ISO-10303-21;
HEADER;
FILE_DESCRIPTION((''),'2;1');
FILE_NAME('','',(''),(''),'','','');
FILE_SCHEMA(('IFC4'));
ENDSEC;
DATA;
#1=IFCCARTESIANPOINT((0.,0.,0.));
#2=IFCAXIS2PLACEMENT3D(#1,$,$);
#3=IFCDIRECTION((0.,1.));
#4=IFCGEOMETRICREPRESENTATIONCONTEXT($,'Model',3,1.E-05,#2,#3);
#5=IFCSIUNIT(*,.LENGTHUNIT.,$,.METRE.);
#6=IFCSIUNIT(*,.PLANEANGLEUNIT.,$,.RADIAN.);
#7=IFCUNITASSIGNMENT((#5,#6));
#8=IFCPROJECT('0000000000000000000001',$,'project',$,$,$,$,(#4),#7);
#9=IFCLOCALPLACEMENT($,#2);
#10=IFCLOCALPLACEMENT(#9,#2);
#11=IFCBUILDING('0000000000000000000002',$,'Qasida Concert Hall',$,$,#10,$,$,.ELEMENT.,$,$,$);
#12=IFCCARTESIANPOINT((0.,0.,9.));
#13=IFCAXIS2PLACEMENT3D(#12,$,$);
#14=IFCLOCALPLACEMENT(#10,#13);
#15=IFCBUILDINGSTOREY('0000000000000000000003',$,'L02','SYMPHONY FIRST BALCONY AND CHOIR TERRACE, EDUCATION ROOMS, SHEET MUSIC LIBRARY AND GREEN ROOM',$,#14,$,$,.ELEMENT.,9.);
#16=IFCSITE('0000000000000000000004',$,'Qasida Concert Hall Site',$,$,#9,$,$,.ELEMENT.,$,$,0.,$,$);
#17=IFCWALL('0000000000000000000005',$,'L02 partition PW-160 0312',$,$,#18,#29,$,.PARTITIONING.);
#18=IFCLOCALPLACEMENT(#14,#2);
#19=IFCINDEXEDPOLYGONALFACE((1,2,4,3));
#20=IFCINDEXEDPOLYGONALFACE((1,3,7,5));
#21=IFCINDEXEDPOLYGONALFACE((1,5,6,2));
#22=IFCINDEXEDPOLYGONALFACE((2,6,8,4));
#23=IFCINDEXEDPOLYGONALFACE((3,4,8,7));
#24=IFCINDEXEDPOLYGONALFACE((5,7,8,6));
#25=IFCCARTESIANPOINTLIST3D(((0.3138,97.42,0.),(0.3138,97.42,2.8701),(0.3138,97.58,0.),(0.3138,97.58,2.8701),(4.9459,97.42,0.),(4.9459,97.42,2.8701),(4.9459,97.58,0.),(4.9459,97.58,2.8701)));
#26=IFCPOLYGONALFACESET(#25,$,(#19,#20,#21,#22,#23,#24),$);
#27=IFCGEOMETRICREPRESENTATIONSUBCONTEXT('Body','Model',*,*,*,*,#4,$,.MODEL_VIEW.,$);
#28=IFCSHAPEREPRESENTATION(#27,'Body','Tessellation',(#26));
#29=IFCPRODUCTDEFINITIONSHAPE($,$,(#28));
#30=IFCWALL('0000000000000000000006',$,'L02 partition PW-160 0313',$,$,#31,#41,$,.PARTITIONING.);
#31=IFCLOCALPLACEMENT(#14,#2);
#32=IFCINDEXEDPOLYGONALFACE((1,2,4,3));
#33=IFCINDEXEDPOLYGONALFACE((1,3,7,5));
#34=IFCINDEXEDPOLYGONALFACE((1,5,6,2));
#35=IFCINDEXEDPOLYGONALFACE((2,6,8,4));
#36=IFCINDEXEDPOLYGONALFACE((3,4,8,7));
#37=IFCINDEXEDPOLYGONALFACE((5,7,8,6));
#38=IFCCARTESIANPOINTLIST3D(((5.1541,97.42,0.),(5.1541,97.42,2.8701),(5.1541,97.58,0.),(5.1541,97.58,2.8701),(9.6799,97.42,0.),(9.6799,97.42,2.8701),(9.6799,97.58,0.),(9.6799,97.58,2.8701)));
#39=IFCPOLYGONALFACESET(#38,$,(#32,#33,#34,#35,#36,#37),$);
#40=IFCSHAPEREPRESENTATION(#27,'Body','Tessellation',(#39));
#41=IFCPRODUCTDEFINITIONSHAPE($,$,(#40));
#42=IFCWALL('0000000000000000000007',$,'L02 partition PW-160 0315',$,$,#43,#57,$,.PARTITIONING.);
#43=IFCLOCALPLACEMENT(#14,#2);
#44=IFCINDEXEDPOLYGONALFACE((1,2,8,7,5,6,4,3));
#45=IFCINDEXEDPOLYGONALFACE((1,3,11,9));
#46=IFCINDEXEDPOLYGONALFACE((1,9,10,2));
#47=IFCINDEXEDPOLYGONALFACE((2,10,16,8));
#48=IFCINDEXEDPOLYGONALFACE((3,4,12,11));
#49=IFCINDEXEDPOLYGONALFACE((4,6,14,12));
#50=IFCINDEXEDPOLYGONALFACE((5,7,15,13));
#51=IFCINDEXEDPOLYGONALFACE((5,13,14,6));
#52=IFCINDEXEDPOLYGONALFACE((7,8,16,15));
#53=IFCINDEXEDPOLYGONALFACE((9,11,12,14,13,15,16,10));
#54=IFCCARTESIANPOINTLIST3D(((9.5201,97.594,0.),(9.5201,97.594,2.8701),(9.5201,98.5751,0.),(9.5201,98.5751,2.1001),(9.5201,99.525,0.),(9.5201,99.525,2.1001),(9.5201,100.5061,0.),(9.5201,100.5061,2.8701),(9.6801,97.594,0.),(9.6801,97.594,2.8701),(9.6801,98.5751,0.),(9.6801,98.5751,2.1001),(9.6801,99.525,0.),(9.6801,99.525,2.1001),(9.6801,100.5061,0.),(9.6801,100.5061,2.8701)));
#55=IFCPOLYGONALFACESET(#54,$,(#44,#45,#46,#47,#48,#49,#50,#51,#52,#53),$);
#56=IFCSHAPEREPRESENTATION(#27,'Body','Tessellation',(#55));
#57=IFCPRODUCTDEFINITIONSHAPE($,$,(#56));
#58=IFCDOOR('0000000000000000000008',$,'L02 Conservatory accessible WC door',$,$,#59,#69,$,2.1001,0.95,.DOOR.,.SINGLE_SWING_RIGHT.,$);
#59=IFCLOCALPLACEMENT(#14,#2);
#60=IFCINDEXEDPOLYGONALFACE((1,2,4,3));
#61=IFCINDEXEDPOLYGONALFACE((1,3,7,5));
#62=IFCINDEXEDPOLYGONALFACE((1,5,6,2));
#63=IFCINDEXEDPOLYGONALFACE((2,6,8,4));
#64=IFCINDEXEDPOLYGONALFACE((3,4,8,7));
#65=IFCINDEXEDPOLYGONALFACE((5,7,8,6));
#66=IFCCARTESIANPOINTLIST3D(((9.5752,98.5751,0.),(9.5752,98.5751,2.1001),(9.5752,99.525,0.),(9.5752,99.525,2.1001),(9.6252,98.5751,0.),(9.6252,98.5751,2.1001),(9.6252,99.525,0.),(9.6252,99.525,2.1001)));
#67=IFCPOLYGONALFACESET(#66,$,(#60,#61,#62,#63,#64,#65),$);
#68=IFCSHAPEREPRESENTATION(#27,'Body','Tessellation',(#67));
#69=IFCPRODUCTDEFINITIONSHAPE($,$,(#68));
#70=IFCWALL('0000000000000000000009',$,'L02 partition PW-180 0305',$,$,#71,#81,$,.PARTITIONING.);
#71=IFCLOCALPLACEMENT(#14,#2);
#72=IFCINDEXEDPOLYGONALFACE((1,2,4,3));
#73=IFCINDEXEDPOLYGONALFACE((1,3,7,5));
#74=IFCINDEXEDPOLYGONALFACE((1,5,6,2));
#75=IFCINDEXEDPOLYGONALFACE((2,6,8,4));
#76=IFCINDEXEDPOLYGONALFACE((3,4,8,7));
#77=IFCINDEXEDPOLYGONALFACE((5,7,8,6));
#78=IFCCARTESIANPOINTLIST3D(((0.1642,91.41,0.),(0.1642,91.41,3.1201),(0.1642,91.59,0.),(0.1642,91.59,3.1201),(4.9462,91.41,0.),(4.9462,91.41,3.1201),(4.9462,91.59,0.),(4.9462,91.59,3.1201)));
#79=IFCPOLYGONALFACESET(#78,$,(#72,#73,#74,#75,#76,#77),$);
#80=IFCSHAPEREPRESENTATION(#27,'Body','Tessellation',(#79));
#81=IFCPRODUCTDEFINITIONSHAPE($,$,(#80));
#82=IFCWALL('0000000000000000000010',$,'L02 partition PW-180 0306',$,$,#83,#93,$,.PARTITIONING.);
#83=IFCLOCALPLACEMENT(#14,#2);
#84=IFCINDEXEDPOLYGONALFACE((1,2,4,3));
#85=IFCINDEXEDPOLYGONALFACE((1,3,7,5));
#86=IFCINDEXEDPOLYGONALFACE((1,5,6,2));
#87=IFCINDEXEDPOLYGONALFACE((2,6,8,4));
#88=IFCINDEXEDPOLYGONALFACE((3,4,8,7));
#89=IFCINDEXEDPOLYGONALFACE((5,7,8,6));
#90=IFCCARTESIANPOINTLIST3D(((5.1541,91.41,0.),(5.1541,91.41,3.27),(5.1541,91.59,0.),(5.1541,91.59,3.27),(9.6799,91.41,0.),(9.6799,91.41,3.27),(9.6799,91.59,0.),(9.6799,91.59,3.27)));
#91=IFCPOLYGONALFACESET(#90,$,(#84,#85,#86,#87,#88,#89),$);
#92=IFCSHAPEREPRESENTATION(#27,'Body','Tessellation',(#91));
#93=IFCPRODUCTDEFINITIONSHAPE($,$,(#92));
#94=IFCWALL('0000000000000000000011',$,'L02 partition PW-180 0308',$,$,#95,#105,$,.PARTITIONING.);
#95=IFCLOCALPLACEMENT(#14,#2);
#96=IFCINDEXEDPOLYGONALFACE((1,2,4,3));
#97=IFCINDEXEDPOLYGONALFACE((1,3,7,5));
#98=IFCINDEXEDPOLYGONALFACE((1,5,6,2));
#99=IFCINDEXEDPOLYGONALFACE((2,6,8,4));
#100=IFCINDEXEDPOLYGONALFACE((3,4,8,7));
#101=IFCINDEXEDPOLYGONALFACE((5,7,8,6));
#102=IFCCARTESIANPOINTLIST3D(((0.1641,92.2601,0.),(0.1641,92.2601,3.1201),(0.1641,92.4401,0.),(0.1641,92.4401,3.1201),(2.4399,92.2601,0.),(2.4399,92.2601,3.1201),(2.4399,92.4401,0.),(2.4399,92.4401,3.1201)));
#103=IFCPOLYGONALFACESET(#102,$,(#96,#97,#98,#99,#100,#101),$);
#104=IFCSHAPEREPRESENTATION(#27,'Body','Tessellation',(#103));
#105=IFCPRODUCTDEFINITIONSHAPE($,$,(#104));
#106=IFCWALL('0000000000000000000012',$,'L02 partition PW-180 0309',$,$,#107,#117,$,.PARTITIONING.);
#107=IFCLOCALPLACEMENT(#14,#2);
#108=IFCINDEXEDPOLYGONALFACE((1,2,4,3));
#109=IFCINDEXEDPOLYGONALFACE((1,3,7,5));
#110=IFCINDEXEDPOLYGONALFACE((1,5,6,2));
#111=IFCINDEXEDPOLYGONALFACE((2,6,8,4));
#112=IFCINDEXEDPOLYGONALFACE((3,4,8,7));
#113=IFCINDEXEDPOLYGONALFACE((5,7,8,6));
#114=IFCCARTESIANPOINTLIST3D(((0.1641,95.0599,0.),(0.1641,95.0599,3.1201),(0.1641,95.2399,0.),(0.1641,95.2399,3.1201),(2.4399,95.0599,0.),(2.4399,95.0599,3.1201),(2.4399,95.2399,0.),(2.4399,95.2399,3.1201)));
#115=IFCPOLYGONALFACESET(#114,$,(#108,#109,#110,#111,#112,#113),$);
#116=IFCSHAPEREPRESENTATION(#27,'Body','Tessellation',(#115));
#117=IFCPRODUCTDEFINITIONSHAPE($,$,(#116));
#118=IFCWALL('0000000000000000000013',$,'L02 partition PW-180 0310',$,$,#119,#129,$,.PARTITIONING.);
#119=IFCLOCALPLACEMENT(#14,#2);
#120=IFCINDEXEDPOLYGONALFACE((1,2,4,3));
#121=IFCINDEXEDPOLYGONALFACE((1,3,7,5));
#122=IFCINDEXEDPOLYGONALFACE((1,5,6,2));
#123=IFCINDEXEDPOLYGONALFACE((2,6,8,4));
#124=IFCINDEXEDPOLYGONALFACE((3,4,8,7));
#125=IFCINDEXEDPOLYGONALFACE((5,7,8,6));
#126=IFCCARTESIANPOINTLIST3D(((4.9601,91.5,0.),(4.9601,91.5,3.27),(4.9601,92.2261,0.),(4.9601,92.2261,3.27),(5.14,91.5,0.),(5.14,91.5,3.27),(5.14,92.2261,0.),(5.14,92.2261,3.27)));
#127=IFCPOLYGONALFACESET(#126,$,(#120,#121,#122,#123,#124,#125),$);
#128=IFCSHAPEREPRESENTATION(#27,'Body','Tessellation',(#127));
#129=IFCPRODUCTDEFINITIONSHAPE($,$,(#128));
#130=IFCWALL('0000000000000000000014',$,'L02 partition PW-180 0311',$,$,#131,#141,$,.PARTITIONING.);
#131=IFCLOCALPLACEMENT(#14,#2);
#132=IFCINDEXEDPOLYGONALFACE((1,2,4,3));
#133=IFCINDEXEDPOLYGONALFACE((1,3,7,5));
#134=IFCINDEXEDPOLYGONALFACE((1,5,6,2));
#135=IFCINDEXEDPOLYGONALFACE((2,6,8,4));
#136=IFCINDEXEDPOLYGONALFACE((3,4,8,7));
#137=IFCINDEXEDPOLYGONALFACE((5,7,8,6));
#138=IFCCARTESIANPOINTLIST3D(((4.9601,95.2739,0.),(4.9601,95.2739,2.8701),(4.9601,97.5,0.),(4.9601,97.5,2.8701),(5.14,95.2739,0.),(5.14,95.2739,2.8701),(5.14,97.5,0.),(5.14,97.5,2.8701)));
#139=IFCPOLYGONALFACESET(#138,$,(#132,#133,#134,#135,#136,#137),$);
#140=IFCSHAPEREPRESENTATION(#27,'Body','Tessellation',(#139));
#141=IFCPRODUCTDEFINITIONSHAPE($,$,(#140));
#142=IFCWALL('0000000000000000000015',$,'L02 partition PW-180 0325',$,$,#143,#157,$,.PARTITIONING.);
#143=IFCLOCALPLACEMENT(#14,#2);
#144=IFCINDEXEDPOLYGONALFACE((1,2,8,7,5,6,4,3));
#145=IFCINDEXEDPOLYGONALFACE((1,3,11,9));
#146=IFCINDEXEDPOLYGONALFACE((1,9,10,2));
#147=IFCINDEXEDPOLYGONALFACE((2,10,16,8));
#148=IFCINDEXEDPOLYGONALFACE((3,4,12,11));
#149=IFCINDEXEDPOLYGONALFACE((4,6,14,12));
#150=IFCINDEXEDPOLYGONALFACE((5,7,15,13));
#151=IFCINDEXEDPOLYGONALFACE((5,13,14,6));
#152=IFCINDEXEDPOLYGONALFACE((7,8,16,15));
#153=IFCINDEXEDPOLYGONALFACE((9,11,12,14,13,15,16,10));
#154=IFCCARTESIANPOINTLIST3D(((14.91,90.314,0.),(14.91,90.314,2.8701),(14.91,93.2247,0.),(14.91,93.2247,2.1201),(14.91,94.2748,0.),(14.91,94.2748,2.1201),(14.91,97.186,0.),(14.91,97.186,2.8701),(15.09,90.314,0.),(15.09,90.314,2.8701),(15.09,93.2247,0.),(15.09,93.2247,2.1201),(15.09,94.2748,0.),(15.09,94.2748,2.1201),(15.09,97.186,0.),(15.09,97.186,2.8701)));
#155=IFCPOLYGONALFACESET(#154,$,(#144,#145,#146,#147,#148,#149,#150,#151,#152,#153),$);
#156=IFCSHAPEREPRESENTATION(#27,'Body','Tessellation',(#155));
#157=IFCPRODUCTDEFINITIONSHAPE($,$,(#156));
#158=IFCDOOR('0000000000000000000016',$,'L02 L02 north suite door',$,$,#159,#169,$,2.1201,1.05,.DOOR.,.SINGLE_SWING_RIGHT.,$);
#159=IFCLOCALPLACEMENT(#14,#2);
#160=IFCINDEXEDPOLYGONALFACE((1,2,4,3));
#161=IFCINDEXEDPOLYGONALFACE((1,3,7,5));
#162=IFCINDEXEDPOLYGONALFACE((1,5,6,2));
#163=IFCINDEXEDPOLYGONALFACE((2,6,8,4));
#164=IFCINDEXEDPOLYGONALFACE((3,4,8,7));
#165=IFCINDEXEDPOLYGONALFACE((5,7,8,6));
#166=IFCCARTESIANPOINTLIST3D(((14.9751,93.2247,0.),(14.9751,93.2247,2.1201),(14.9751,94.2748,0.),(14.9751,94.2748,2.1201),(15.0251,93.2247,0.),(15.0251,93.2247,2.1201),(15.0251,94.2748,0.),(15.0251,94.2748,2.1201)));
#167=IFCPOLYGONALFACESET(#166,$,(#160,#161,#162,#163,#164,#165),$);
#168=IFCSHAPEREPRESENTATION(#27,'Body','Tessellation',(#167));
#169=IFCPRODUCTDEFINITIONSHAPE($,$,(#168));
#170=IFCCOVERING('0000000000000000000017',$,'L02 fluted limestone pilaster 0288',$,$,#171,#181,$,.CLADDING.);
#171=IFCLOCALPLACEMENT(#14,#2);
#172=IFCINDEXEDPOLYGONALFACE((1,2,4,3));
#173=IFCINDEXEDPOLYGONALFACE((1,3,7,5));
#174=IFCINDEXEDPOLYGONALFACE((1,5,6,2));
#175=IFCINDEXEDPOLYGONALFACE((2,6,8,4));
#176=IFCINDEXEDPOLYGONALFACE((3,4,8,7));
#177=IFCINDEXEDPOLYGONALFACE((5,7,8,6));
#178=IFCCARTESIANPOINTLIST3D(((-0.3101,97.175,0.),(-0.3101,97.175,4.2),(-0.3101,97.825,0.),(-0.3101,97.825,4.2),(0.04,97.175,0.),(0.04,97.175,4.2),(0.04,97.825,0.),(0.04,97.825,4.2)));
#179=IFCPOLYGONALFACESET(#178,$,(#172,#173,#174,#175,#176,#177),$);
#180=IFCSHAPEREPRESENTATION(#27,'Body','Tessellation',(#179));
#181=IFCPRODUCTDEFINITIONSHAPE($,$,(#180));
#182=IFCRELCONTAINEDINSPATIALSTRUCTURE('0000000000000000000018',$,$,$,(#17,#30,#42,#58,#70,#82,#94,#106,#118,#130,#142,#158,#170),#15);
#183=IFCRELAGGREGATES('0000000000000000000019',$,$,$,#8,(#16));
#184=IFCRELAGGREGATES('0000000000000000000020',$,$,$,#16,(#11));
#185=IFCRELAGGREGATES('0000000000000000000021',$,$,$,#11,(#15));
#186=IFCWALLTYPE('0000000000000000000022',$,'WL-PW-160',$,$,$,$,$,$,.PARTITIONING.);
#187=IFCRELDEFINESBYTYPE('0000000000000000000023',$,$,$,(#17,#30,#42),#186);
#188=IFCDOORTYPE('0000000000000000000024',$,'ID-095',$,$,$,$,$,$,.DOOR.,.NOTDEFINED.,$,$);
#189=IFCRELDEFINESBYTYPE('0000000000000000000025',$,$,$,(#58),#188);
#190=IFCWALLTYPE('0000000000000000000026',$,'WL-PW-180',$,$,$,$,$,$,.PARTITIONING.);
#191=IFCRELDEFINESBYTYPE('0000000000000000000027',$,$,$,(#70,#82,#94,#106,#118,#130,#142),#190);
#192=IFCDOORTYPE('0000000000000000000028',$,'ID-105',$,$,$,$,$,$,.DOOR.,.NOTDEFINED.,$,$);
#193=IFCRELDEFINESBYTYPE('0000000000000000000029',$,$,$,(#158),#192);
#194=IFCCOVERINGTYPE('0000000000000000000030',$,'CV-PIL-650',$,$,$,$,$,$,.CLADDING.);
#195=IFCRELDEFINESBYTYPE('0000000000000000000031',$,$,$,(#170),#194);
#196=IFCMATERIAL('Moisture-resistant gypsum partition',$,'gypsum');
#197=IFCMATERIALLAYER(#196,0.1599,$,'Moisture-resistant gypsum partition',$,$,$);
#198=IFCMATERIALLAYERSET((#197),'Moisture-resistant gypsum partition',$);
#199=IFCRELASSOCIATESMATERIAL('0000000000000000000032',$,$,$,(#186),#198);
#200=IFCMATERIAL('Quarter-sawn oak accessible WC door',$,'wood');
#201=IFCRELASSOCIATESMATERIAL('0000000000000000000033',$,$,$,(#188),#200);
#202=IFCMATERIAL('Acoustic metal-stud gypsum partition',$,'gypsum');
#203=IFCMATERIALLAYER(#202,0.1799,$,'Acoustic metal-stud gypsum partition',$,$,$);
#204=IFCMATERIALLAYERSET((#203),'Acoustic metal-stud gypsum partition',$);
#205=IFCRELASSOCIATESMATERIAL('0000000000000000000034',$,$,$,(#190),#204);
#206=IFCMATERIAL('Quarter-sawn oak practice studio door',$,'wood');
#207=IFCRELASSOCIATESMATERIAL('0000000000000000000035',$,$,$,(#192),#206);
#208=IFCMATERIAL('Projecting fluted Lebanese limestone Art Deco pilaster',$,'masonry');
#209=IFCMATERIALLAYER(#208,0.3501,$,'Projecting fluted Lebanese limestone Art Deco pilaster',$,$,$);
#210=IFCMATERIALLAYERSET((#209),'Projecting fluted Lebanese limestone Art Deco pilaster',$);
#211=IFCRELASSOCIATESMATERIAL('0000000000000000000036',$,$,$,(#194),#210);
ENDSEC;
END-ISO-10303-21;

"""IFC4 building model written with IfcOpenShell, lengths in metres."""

from ifc_helpers import new_model, si_unit, direction, frame, frame_2d, origin, origin_2d, place, context, subcontext, project, spatial, rectangle, extrude, material, layer, layer_set, type_object, element, fill, save


model = new_model("IFC4")

# Units and contexts
model_context = context("Model", 3, precision=1e-05, world=origin(), true_north=direction((0.0, 1.0)))
body_context = subcontext(model_context, "Body", "Model", "MODEL_VIEW")
ifc_project = project(units=[si_unit("LENGTHUNIT", "METRE"), si_unit("PLANEANGLEUNIT", "RADIAN")], contexts=[model_context])

# Site, building, storey
site_placement = place(None, origin())
site = spatial("IfcSite", under=ifc_project, at=site_placement, Name="Qasida Concert Hall Site", CompositionType="ELEMENT", RefElevation=0.0)
building_placement = place(site_placement, origin())
building = spatial("IfcBuilding", under=site, at=building_placement, Name="Qasida Concert Hall", CompositionType="ELEMENT")
storey_placement = place(building_placement, frame((0.0, 0.0, 9.0)))
storey = spatial("IfcBuildingStorey", under=building, at=storey_placement, Name="L02", Description="SYMPHONY FIRST BALCONY AND CHOIR TERRACE, EDUCATION ROOMS, SHEET MUSIC LIBRARY AND GREEN ROOM", CompositionType="ELEMENT", Elevation=9.0)

# Walls
ifc_material_1 = material(Name="Moisture-resistant gypsum partition", Category="gypsum")
ifc_layer_1 = layer(ifc_material_1, 0.1599, Name="Moisture-resistant gypsum partition")
ifc_layer_set_1 = layer_set([ifc_layer_1], Name="Moisture-resistant gypsum partition")
wall_type_1 = type_object("IfcWallType", Name="WL-PW-160", PredefinedType="PARTITIONING", material=ifc_layer_set_1)
wall_1_placement = place(storey_placement, frame((0.314, 97.5, 0.0), z_axis=(0.0, 0.0, 1.0), x_axis=(1.0, 0.0, 0.0)))
element("IfcWall", 1, at=wall_1_placement, inside=storey, type_object=wall_type_1, Name="L02 partition PW-160 0312", PredefinedType="PARTITIONING", context=body_context, shape_type="SweptSolid", body=[
    extrude(rectangle(XDim=4.6321, YDim=0.1599, at=frame_2d((2.3159, 0.0))), origin(), (0.0, 0.0, 1.0), 2.8701),
])
wall_2_placement = place(storey_placement, frame((5.1541, 97.5, 0.0), z_axis=(0.0, 0.0, 1.0), x_axis=(1.0, 0.0, 0.0)))
element("IfcWall", 2, at=wall_2_placement, inside=storey, type_object=wall_type_1, Name="L02 partition PW-160 0313", PredefinedType="PARTITIONING", context=body_context, shape_type="SweptSolid", body=[
    extrude(rectangle(XDim=4.5259, YDim=0.1599, at=frame_2d((2.2629, 0.0))), origin(), (0.0, 0.0, 1.0), 2.8701),
])

# Wall, opening, door
wall_3_placement = place(storey_placement, frame((9.6001, 97.594, 0.0), z_axis=(0.0, 0.0, 1.0), x_axis=(0.0, 1.0, 0.0)))
wall_3 = element("IfcWall", 3, at=wall_3_placement, inside=storey, type_object=wall_type_1, Name="L02 partition PW-160 0315", PredefinedType="PARTITIONING", context=body_context, shape_type="SweptSolid", body=[
    extrude(rectangle(XDim=2.9121, YDim=0.1599, at=frame_2d((1.4561, 0.0))), origin(), (0.0, 0.0, 1.0), 2.8701),
])
opening_1_placement = place(wall_3_placement, frame((0.981, 0.0, 0.0)))
opening_1 = element("IfcOpeningElement", 4, at=opening_1_placement, cuts=wall_3, PredefinedType="OPENING", context=body_context, shape_type="SweptSolid", body=[
    extrude(rectangle(XDim=0.95, YDim=2.1001, at=frame_2d((0.4751, 1.05))), frame((0.0, 0.0898, 0.0), z_axis=(0.0, -1.0, 0.0), x_axis=(1.0, 0.0, 0.0)), (0.0, 0.0, 1.0), 0.1799),
])
ifc_material_2 = material(Name="Quarter-sawn oak accessible WC door", Category="wood")
door_type_1 = type_object("IfcDoorType", Name="ID-095", OperationType="NOTDEFINED", PredefinedType="DOOR", material=ifc_material_2)
door_1_placement = place(opening_1_placement, origin())
door_1 = element("IfcDoor", 5, at=door_1_placement, inside=storey, type_object=door_type_1, Name="L02 Conservatory accessible WC door", OperationType="SINGLE_SWING_RIGHT", OverallHeight=2.1001, OverallWidth=0.95, PredefinedType="DOOR", context=body_context, shape_type="SweptSolid", body=[
    extrude(rectangle(XDim=0.95, YDim=2.1001, at=frame_2d((0.4751, 1.05))), frame((0.0, 0.0249, 0.0), z_axis=(0.0, -1.0, 0.0), x_axis=(1.0, 0.0, 0.0)), (0.0, 0.0, 1.0), 0.05),
])
fill(opening_1, door_1)

# Walls
ifc_material_3 = material(Name="Acoustic metal-stud gypsum partition", Category="gypsum")
ifc_layer_2 = layer(ifc_material_3, 0.1799, Name="Acoustic metal-stud gypsum partition")
ifc_layer_set_2 = layer_set([ifc_layer_2], Name="Acoustic metal-stud gypsum partition")
wall_type_2 = type_object("IfcWallType", Name="WL-PW-180", PredefinedType="PARTITIONING", material=ifc_layer_set_2)
wall_4_placement = place(storey_placement, frame((0.1641, 91.5, 0.0), z_axis=(0.0, 0.0, 1.0), x_axis=(1.0, 0.0, 0.0)))
element("IfcWall", 6, at=wall_4_placement, inside=storey, type_object=wall_type_2, Name="L02 partition PW-180 0305", PredefinedType="PARTITIONING", context=body_context, shape_type="SweptSolid", body=[
    extrude(rectangle(XDim=4.782, YDim=0.1799, at=frame_2d((2.3911, 0.0))), origin(), (0.0, 0.0, 1.0), 3.1201),
])
wall_5_placement = place(storey_placement, frame((5.1541, 91.5, 0.0), z_axis=(0.0, 0.0, 1.0), x_axis=(1.0, 0.0, 0.0)))
element("IfcWall", 7, at=wall_5_placement, inside=storey, type_object=wall_type_2, Name="L02 partition PW-180 0306", PredefinedType="PARTITIONING", context=body_context, shape_type="SweptSolid", body=[
    extrude(rectangle(XDim=4.5259, YDim=0.1799, at=frame_2d((2.2629, 0.0))), origin(), (0.0, 0.0, 1.0), 3.27),
])
for number, where, z_axis, x_axis, name in (
    (8, (0.1641, 92.3501, 0.0), (0.0, 0.0, 1.0), (1.0, 0.0, 0.0), "L02 partition PW-180 0308"),
    (9, (0.1641, 95.1499, 0.0), (0.0, 0.0, 1.0), (1.0, 0.0, 0.0), "L02 partition PW-180 0309"),
):
    element("IfcWall", number, at=place(storey_placement, frame(where, z_axis=z_axis, x_axis=x_axis)), inside=storey, type_object=wall_type_2, Name=name, PredefinedType="PARTITIONING", context=body_context, shape_type="SweptSolid", body=[
        extrude(rectangle(XDim=2.2759, YDim=0.1799, at=frame_2d((1.1379, 0.0))), origin(), (0.0, 0.0, 1.0), 3.1201),
    ])
wall_6_placement = place(storey_placement, frame((5.05, 91.5, 0.0), z_axis=(0.0, 0.0, 1.0), x_axis=(0.0, 1.0, 0.0)))
element("IfcWall", 10, at=wall_6_placement, inside=storey, type_object=wall_type_2, Name="L02 partition PW-180 0310", PredefinedType="PARTITIONING", context=body_context, shape_type="SweptSolid", body=[
    extrude(rectangle(XDim=0.7261, YDim=0.1799, at=frame_2d((0.363, 0.0))), origin(), (0.0, 0.0, 1.0), 3.27),
])
wall_7_placement = place(storey_placement, frame((5.05, 95.2739, 0.0), z_axis=(0.0, 0.0, 1.0), x_axis=(0.0, 1.0, 0.0)))
element("IfcWall", 11, at=wall_7_placement, inside=storey, type_object=wall_type_2, Name="L02 partition PW-180 0311", PredefinedType="PARTITIONING", context=body_context, shape_type="SweptSolid", body=[
    extrude(rectangle(XDim=2.2261, YDim=0.1799, at=frame_2d((1.113, 0.0))), origin(), (0.0, 0.0, 1.0), 2.8701),
])

# Wall, opening, door
wall_8_placement = place(storey_placement, frame((15.0, 90.314, 0.0), z_axis=(0.0, 0.0, 1.0), x_axis=(0.0, 1.0, 0.0)))
wall_8 = element("IfcWall", 12, at=wall_8_placement, inside=storey, type_object=wall_type_2, Name="L02 partition PW-180 0325", PredefinedType="PARTITIONING", context=body_context, shape_type="SweptSolid", body=[
    extrude(rectangle(XDim=6.8721, YDim=0.1799, at=frame_2d((3.436, 0.0))), origin(), (0.0, 0.0, 1.0), 2.8701),
])
opening_2_placement = place(wall_8_placement, frame((2.9109, 0.0, 0.0)))
opening_2 = element("IfcOpeningElement", 13, at=opening_2_placement, cuts=wall_8, PredefinedType="OPENING", context=body_context, shape_type="SweptSolid", body=[
    extrude(rectangle(XDim=1.05, YDim=2.1201, at=frame_2d((0.5249, 1.0601))), frame((0.0, 0.0999, 0.0), z_axis=(0.0, -1.0, 0.0), x_axis=(1.0, 0.0, 0.0)), (0.0, 0.0, 1.0), 0.2),
])
ifc_material_4 = material(Name="Quarter-sawn oak practice studio door", Category="wood")
door_type_2 = type_object("IfcDoorType", Name="ID-105", OperationType="NOTDEFINED", PredefinedType="DOOR", material=ifc_material_4)
door_2_placement = place(opening_2_placement, origin())
door_2 = element("IfcDoor", 14, at=door_2_placement, inside=storey, type_object=door_type_2, Name="L02 L02 north suite door", OperationType="SINGLE_SWING_RIGHT", OverallHeight=2.1201, OverallWidth=1.05, PredefinedType="DOOR", context=body_context, shape_type="SweptSolid", body=[
    extrude(rectangle(XDim=1.05, YDim=2.1201, at=frame_2d((0.5249, 1.0601))), frame((0.0, 0.0249, 0.0), z_axis=(0.0, -1.0, 0.0), x_axis=(1.0, 0.0, 0.0)), (0.0, 0.0, 1.0), 0.05),
])
fill(opening_2, door_2)

# Covering
ifc_material_5 = material(Name="Projecting fluted Lebanese limestone Art Deco pilaster", Category="masonry")
ifc_layer_3 = layer(ifc_material_5, 0.3501, Name="Projecting fluted Lebanese limestone Art Deco pilaster")
ifc_layer_set_3 = layer_set([ifc_layer_3], Name="Projecting fluted Lebanese limestone Art Deco pilaster")
covering_type = type_object("IfcCoveringType", Name="CV-PIL-650", PredefinedType="CLADDING", material=ifc_layer_set_3)
covering_placement = place(storey_placement, frame((-0.135, 97.5, 0.0), z_axis=(0.0, 0.0, 1.0), x_axis=(1.0, 0.0, 0.0)))
element("IfcCovering", 15, at=covering_placement, inside=storey, type_object=covering_type, Name="L02 fluted limestone pilaster 0288", PredefinedType="CLADDING", context=body_context, shape_type="SweptSolid", body=[
    extrude(rectangle(XDim=0.3501, YDim=0.6499, at=origin_2d()), origin(), (0.0, 0.0, 1.0), 4.2),
])

save(model, "model.ifc")
